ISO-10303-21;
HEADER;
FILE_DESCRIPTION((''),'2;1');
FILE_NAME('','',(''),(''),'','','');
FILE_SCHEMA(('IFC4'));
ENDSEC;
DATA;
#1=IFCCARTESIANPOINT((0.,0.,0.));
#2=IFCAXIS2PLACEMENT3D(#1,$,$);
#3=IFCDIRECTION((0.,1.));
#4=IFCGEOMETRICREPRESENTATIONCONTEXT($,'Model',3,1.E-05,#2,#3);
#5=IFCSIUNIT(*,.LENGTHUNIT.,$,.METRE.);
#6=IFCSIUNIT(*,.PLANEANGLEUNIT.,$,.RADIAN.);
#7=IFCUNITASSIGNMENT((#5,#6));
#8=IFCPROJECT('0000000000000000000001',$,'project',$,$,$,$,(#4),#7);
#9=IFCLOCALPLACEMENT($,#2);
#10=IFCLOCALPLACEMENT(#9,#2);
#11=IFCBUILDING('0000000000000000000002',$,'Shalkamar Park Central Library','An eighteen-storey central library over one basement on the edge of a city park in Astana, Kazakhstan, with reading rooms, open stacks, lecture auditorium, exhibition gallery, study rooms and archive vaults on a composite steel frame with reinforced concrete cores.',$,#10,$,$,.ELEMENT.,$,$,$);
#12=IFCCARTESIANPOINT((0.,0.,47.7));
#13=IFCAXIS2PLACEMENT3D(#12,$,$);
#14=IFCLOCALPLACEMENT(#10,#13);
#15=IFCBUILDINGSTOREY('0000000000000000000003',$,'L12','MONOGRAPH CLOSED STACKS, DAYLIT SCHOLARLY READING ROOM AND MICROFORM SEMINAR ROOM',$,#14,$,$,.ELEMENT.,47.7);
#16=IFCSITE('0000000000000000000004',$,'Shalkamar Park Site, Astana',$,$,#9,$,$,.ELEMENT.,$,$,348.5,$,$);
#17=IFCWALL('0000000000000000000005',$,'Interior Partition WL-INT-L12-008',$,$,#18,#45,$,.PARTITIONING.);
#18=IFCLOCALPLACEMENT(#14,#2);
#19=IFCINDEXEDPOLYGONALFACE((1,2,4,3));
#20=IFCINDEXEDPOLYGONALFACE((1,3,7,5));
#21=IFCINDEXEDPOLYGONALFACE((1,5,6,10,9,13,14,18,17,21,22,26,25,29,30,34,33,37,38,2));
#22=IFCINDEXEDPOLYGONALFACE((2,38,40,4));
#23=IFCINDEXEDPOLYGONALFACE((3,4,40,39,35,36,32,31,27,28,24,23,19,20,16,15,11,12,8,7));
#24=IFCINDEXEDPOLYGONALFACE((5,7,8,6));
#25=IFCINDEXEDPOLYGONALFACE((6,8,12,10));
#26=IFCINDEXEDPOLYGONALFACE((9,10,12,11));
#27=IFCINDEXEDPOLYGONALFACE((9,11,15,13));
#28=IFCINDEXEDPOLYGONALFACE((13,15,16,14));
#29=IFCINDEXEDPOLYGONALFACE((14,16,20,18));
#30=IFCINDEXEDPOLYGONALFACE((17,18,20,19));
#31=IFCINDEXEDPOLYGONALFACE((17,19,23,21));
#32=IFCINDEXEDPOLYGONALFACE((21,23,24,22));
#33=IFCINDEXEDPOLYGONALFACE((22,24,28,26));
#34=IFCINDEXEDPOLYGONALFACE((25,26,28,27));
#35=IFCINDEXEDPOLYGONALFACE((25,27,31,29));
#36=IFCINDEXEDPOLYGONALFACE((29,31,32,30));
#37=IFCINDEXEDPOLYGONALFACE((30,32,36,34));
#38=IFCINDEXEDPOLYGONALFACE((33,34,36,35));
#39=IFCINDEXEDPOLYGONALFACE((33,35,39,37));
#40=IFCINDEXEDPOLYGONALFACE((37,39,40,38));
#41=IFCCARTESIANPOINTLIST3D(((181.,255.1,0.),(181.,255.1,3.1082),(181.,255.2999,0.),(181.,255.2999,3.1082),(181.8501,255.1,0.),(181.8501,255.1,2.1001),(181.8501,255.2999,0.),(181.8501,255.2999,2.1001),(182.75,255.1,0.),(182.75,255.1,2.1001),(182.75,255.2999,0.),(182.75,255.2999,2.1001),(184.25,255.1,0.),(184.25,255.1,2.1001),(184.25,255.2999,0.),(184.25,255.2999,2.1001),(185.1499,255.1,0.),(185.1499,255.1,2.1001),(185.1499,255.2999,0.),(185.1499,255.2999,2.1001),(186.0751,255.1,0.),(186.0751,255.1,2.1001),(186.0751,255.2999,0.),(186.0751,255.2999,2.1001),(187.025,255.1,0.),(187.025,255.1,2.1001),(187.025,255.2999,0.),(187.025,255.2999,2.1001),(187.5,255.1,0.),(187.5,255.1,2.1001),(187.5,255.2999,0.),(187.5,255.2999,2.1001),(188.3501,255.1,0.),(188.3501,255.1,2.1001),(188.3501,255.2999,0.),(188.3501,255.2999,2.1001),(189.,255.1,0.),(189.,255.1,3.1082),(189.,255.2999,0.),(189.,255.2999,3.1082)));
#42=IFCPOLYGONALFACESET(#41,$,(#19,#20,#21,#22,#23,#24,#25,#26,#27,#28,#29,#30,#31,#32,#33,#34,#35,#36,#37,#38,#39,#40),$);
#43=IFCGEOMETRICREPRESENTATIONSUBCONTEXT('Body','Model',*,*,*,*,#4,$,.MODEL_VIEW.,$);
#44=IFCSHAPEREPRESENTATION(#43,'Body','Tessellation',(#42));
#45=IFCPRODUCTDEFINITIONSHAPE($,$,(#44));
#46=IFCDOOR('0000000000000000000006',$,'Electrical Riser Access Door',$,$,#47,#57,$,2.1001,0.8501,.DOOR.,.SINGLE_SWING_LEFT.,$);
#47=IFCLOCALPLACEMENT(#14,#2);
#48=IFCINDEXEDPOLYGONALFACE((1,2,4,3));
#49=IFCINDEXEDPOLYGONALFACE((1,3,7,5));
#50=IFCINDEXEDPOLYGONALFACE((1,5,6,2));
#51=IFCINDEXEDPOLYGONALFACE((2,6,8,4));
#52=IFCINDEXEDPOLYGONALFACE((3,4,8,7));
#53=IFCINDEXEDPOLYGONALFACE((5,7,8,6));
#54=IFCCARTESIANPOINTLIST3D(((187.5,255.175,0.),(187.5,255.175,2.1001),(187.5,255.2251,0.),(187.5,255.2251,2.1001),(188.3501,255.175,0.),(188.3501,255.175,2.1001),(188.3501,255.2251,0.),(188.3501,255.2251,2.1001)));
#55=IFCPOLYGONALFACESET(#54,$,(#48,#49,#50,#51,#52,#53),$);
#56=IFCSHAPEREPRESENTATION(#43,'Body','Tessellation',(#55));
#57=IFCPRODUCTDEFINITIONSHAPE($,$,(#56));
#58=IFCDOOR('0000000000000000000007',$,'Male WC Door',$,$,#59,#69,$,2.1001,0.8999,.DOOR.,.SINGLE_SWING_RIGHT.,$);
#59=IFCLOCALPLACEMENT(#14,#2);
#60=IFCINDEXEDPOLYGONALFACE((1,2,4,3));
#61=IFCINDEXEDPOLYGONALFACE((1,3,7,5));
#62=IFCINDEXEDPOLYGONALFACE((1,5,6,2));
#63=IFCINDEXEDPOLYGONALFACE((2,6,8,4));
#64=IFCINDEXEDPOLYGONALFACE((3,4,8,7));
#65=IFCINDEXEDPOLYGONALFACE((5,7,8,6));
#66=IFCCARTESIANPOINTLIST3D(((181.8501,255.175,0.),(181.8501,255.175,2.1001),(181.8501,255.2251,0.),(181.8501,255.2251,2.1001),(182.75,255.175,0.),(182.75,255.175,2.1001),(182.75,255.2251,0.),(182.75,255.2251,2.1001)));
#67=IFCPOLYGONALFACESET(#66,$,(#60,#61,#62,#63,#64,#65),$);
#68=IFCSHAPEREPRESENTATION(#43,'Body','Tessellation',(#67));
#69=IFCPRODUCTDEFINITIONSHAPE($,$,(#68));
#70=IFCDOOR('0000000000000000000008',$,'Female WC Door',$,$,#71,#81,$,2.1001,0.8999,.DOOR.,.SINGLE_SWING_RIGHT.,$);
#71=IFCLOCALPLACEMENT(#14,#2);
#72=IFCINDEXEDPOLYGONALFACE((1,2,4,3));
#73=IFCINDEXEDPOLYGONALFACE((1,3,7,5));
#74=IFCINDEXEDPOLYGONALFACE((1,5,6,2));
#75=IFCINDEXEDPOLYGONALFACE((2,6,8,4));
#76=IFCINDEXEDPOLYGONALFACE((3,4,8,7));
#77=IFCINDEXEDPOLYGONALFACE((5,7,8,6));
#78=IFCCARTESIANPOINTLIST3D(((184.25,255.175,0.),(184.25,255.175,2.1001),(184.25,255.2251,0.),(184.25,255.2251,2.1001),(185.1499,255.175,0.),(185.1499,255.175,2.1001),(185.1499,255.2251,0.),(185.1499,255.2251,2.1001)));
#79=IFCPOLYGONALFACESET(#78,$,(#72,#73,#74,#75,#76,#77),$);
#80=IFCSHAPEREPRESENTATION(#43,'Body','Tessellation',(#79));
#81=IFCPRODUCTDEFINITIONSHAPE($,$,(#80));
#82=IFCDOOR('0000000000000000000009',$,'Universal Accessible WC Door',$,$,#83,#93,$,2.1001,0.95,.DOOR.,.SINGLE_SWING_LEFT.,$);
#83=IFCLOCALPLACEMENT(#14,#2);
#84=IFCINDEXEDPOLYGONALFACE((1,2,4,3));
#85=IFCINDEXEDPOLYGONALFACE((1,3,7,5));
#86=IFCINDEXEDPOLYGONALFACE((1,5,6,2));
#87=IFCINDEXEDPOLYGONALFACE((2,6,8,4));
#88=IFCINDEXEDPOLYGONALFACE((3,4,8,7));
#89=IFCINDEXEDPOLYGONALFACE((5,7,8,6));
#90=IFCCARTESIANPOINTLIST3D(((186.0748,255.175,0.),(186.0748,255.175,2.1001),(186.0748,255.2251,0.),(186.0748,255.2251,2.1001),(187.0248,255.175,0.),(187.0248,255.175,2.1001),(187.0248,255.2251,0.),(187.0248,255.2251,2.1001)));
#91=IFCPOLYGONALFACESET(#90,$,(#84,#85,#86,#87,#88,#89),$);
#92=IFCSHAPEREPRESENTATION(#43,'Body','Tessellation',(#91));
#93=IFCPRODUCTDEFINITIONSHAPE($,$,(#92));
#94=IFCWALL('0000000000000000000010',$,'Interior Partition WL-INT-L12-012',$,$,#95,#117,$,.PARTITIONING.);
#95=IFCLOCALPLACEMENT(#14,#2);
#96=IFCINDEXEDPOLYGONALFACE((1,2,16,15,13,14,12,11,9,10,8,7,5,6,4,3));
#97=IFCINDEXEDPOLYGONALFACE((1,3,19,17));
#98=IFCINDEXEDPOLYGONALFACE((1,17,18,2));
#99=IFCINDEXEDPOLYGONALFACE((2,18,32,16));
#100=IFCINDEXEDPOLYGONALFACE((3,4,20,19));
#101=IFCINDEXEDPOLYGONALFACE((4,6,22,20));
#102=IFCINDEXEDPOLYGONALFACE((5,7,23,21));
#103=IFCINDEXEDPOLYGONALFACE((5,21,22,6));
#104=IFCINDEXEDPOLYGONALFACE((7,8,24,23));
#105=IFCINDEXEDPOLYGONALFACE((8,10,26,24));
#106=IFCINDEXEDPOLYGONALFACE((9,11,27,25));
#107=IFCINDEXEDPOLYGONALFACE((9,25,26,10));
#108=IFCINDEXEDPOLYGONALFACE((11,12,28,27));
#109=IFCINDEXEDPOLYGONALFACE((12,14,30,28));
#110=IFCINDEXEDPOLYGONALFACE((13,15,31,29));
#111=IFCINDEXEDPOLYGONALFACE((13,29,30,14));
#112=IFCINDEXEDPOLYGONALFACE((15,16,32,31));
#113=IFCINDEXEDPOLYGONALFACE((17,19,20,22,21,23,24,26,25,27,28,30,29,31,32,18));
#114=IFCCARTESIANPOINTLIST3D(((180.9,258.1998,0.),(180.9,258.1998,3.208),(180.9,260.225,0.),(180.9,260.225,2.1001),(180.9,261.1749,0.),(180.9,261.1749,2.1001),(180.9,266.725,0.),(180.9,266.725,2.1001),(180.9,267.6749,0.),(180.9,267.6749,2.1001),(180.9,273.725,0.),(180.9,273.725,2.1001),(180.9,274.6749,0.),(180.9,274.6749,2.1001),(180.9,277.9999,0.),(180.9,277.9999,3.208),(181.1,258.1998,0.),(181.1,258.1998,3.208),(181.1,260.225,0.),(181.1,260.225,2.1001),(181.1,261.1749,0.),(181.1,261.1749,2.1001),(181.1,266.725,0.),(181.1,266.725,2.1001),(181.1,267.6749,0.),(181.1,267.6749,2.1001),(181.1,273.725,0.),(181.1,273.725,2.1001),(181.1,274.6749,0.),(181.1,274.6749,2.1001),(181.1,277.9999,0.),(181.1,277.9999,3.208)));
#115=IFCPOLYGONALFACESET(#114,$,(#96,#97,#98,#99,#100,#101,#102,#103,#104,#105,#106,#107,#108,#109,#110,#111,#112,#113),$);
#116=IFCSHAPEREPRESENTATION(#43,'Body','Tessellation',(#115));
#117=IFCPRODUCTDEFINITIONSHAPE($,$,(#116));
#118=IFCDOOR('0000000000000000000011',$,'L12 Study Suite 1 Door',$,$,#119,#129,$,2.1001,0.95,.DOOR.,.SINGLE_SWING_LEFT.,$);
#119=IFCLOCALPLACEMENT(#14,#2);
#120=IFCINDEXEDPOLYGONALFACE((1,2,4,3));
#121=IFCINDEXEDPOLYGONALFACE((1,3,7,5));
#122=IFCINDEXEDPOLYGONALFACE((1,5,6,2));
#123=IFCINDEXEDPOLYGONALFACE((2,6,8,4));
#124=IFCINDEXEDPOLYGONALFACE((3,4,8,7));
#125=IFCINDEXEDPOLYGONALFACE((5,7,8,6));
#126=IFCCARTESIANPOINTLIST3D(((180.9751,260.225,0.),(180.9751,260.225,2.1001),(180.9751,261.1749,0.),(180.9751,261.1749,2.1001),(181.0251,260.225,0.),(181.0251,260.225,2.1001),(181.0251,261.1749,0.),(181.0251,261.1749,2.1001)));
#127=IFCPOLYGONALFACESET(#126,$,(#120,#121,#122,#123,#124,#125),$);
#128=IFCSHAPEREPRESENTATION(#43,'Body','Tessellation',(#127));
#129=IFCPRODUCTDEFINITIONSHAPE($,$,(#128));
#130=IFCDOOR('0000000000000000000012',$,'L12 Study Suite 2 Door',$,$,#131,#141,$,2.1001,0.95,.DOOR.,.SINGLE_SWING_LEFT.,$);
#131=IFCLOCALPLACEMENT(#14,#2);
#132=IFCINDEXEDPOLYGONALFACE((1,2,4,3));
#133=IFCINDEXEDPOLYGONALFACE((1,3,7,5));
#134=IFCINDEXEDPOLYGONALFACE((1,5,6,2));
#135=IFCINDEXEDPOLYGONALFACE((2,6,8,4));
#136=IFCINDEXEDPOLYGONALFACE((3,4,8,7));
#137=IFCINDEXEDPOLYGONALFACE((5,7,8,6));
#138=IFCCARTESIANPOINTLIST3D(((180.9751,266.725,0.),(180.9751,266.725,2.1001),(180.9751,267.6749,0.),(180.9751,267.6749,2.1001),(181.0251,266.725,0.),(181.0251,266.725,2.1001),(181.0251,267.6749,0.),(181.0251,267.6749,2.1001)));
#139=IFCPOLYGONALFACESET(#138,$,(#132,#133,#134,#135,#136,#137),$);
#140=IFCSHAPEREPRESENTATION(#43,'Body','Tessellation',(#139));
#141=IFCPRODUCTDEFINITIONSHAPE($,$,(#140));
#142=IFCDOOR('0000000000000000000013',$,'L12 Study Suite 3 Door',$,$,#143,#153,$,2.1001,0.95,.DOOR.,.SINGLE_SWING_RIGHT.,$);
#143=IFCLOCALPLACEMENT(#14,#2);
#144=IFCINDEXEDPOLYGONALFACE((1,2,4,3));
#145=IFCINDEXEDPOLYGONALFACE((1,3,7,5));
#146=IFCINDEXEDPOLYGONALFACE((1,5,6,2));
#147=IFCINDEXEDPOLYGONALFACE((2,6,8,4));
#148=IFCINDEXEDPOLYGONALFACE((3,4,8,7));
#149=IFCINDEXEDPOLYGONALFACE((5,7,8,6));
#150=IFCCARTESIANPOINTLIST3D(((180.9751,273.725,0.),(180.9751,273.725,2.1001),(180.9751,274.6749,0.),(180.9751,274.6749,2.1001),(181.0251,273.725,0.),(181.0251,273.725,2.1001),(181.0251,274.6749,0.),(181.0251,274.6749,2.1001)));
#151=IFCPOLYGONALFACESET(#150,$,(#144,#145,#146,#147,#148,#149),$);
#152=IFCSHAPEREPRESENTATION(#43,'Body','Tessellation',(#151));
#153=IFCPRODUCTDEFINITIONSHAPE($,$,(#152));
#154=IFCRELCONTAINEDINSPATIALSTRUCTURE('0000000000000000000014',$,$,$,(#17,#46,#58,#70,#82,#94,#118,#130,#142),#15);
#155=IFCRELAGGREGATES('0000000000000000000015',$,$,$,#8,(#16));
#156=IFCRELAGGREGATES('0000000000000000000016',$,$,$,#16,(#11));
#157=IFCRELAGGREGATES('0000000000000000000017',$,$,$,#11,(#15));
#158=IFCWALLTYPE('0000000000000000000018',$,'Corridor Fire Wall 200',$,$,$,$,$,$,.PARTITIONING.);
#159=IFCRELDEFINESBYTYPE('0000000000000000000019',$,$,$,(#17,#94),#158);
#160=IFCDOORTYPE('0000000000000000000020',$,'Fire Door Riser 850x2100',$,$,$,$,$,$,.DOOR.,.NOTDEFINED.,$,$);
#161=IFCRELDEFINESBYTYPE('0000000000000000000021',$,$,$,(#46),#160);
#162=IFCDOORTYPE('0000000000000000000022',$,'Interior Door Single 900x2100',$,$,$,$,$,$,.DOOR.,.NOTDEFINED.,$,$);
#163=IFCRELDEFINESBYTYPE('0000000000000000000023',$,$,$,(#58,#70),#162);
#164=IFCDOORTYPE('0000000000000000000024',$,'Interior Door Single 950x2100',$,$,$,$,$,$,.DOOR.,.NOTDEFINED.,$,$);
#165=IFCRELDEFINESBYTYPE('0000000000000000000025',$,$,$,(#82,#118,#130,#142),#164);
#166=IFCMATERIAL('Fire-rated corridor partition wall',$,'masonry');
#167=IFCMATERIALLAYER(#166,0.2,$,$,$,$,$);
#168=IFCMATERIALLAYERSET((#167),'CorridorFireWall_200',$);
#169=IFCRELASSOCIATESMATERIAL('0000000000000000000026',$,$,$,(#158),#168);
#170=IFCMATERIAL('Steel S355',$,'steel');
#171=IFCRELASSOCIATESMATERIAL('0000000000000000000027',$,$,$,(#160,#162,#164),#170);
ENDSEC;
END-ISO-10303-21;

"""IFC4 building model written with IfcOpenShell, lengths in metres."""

from ifc_helpers import new_model, si_unit, direction, frame, frame_2d, origin, place, context, subcontext, project, spatial, rectangle, extrude, material, layer, layer_set, type_object, element, fill, save


model = new_model("IFC4")

# Units and contexts
model_context = context("Model", 3, precision=1e-05, world=origin(), true_north=direction((0.0, 1.0)))
body_context = subcontext(model_context, "Body", "Model", "MODEL_VIEW")
ifc_project = project(units=[si_unit("LENGTHUNIT", "METRE"), si_unit("PLANEANGLEUNIT", "RADIAN")], contexts=[model_context])

# Site, building, storey
site_placement = place(None, origin())
site = spatial("IfcSite", under=ifc_project, at=site_placement, Name="Shalkamar Park Site, Astana", CompositionType="ELEMENT", RefElevation=348.5)
building_placement = place(site_placement, origin())
building = spatial("IfcBuilding", under=site, at=building_placement, Name="Shalkamar Park Central Library", Description="An eighteen-storey central library over one basement on the edge of a city park in Astana, Kazakhstan, with reading rooms, open stacks, lecture auditorium, exhibition gallery, study rooms and archive vaults on a composite steel frame with reinforced concrete cores.", CompositionType="ELEMENT")
storey_placement = place(building_placement, frame((0.0, 0.0, 47.7)))
storey = spatial("IfcBuildingStorey", under=building, at=storey_placement, Name="L12", Description="MONOGRAPH CLOSED STACKS, DAYLIT SCHOLARLY READING ROOM AND MICROFORM SEMINAR ROOM", CompositionType="ELEMENT", Elevation=47.7)

# Shared definitions
ifc_material_1 = material(Name="Steel S355", Category="steel")

# Walls, openings, doors
ifc_material_2 = material(Name="Fire-rated corridor partition wall", Category="masonry")
ifc_layer = layer(ifc_material_2, 0.2)
ifc_layer_set = layer_set([ifc_layer], Name="CorridorFireWall_200")
wall_type = type_object("IfcWallType", Name="Corridor Fire Wall 200", PredefinedType="PARTITIONING", material=ifc_layer_set)
wall_1_placement = place(storey_placement, frame((181.0, 255.2, 0.0), z_axis=(0.0, 0.0, 1.0), x_axis=(1.0, 0.0, 0.0)))
wall_1 = element("IfcWall", 1, at=wall_1_placement, inside=storey, type_object=wall_type, Name="Interior Partition WL-INT-L12-008", PredefinedType="PARTITIONING", context=body_context, shape_type="SweptSolid", body=[
    extrude(rectangle(XDim=8.0, YDim=0.2, at=frame_2d((4.0, 0.0))), origin(), (0.0, 0.0, 1.0), 3.1082),
])
opening_1_placement = place(wall_1_placement, frame((0.8501, 0.0, 0.0)))
opening_1 = element("IfcOpeningElement", 2, at=opening_1_placement, cuts=wall_1, PredefinedType="OPENING", context=body_context, shape_type="SweptSolid", body=[
    extrude(rectangle(XDim=0.8999, YDim=2.1001, at=frame_2d((0.45, 1.05))), frame((0.0, 0.1147, 0.0), z_axis=(0.0, -1.0, 0.0), x_axis=(1.0, 0.0, 0.0)), (0.0, 0.0, 1.0), 0.2297),
])
opening_2_placement = place(wall_1_placement, frame((3.25, 0.0, 0.0)))
opening_2 = element("IfcOpeningElement", 3, at=opening_2_placement, cuts=wall_1, PredefinedType="OPENING", context=body_context, shape_type="SweptSolid", body=[
    extrude(rectangle(XDim=0.8999, YDim=2.1001, at=frame_2d((0.45, 1.05))), frame((0.0, 0.1147, 0.0), z_axis=(0.0, -1.0, 0.0), x_axis=(1.0, 0.0, 0.0)), (0.0, 0.0, 1.0), 0.2297),
])
opening_3_placement = place(wall_1_placement, frame((5.075, 0.0, 0.0)))
opening_3 = element("IfcOpeningElement", 4, at=opening_3_placement, cuts=wall_1, PredefinedType="OPENING", context=body_context, shape_type="SweptSolid", body=[
    extrude(rectangle(XDim=0.95, YDim=2.1001, at=frame_2d((0.4751, 1.05))), frame((0.0, 0.1147, 0.0), z_axis=(0.0, -1.0, 0.0), x_axis=(1.0, 0.0, 0.0)), (0.0, 0.0, 1.0), 0.2297),
])
opening_4_placement = place(wall_1_placement, frame((6.5, 0.0, 0.0)))
opening_4 = element("IfcOpeningElement", 5, at=opening_4_placement, cuts=wall_1, PredefinedType="OPENING", context=body_context, shape_type="SweptSolid", body=[
    extrude(rectangle(XDim=0.8501, YDim=2.1001, at=frame_2d((0.425, 1.05))), frame((0.0, 0.1147, 0.0), z_axis=(0.0, -1.0, 0.0), x_axis=(1.0, 0.0, 0.0)), (0.0, 0.0, 1.0), 0.2297),
])
door_type_1 = type_object("IfcDoorType", Name="Fire Door Riser 850x2100", OperationType="NOTDEFINED", PredefinedType="DOOR", material=ifc_material_1)
door_1_placement = place(opening_4_placement, frame((0.8501, 0.0, 0.0), z_axis=(0.0, 0.0, 1.0), x_axis=(-1.0, 0.0, 0.0)))
door_1 = element("IfcDoor", 6, at=door_1_placement, inside=storey, type_object=door_type_1, Name="Electrical Riser Access Door", OperationType="SINGLE_SWING_LEFT", OverallHeight=2.1001, OverallWidth=0.8501, PredefinedType="DOOR", context=body_context, shape_type="SweptSolid", body=[
    extrude(rectangle(XDim=0.8501, YDim=2.1001, at=frame_2d((0.425, 1.05))), frame((0.0, 0.0249, 0.0), z_axis=(0.0, -1.0, 0.0), x_axis=(1.0, 0.0, 0.0)), (0.0, 0.0, 1.0), 0.05),
])
fill(opening_4, door_1)
door_type_2 = type_object("IfcDoorType", Name="Interior Door Single 900x2100", OperationType="NOTDEFINED", PredefinedType="DOOR", material=ifc_material_1)
door_2_placement = place(opening_1_placement, frame((0.8999, 0.0, 0.0), z_axis=(0.0, 0.0, 1.0), x_axis=(-1.0, 0.0, 0.0)))
door_2 = element("IfcDoor", 7, at=door_2_placement, inside=storey, type_object=door_type_2, Name="Male WC Door", OperationType="SINGLE_SWING_RIGHT", OverallHeight=2.1001, OverallWidth=0.8999, PredefinedType="DOOR", context=body_context, shape_type="SweptSolid", body=[
    extrude(rectangle(XDim=0.8999, YDim=2.1001, at=frame_2d((0.45, 1.05))), frame((0.0, 0.0249, 0.0), z_axis=(0.0, -1.0, 0.0), x_axis=(1.0, 0.0, 0.0)), (0.0, 0.0, 1.0), 0.05),
])
fill(opening_1, door_2)
door_3_placement = place(opening_2_placement, frame((0.8999, 0.0, 0.0), z_axis=(0.0, 0.0, 1.0), x_axis=(-1.0, 0.0, 0.0)))
door_3 = element("IfcDoor", 8, at=door_3_placement, inside=storey, type_object=door_type_2, Name="Female WC Door", OperationType="SINGLE_SWING_RIGHT", OverallHeight=2.1001, OverallWidth=0.8999, PredefinedType="DOOR", context=body_context, shape_type="SweptSolid", body=[
    extrude(rectangle(XDim=0.8999, YDim=2.1001, at=frame_2d((0.45, 1.05))), frame((0.0, 0.0249, 0.0), z_axis=(0.0, -1.0, 0.0), x_axis=(1.0, 0.0, 0.0)), (0.0, 0.0, 1.0), 0.05),
])
fill(opening_2, door_3)
door_type_3 = type_object("IfcDoorType", Name="Interior Door Single 950x2100", OperationType="NOTDEFINED", PredefinedType="DOOR", material=ifc_material_1)
door_4_placement = place(opening_3_placement, frame((0.95, 0.0, 0.0), z_axis=(0.0, 0.0, 1.0), x_axis=(-1.0, 0.0, 0.0)))
door_4 = element("IfcDoor", 9, at=door_4_placement, inside=storey, type_object=door_type_3, Name="Universal Accessible WC Door", OperationType="SINGLE_SWING_LEFT", OverallHeight=2.1001, OverallWidth=0.95, PredefinedType="DOOR", context=body_context, shape_type="SweptSolid", body=[
    extrude(rectangle(XDim=0.95, YDim=2.1001, at=frame_2d((0.4751, 1.05))), frame((0.0, 0.0249, 0.0), z_axis=(0.0, -1.0, 0.0), x_axis=(1.0, 0.0, 0.0)), (0.0, 0.0, 1.0), 0.05),
])
fill(opening_3, door_4)
wall_2_placement = place(storey_placement, frame((181.0, 258.2, 0.0), z_axis=(0.0, 0.0, 1.0), x_axis=(0.0, 1.0, 0.0)))
wall_2 = element("IfcWall", 10, at=wall_2_placement, inside=storey, type_object=wall_type, Name="Interior Partition WL-INT-L12-012", PredefinedType="PARTITIONING", context=body_context, shape_type="SweptSolid", body=[
    extrude(rectangle(XDim=19.8, YDim=0.2, at=frame_2d((9.8999, 0.0))), origin(), (0.0, 0.0, 1.0), 3.208),
])
opening_5_placement = place(wall_2_placement, frame((2.0249, 0.0, 0.0)))
opening_5 = element("IfcOpeningElement", 11, at=opening_5_placement, cuts=wall_2, PredefinedType="OPENING", context=body_context, shape_type="SweptSolid", body=[
    extrude(rectangle(XDim=0.95, YDim=2.1001, at=frame_2d((0.4751, 1.05))), frame((0.0, 0.1147, 0.0), z_axis=(0.0, -1.0, 0.0), x_axis=(1.0, 0.0, 0.0)), (0.0, 0.0, 1.0), 0.2297),
])
opening_6_placement = place(wall_2_placement, frame((8.5249, 0.0, 0.0)))
opening_6 = element("IfcOpeningElement", 12, at=opening_6_placement, cuts=wall_2, PredefinedType="OPENING", context=body_context, shape_type="SweptSolid", body=[
    extrude(rectangle(XDim=0.95, YDim=2.1001, at=frame_2d((0.4751, 1.05))), frame((0.0, 0.1147, 0.0), z_axis=(0.0, -1.0, 0.0), x_axis=(1.0, 0.0, 0.0)), (0.0, 0.0, 1.0), 0.2297),
])
opening_7_placement = place(wall_2_placement, frame((15.5249, 0.0, 0.0)))
opening_7 = element("IfcOpeningElement", 13, at=opening_7_placement, cuts=wall_2, PredefinedType="OPENING", context=body_context, shape_type="SweptSolid", body=[
    extrude(rectangle(XDim=0.95, YDim=2.1001, at=frame_2d((0.4751, 1.05))), frame((0.0, 0.1147, 0.0), z_axis=(0.0, -1.0, 0.0), x_axis=(1.0, 0.0, 0.0)), (0.0, 0.0, 1.0), 0.2297),
])
door_5_placement = place(opening_5_placement, origin())
door_5 = element("IfcDoor", 14, at=door_5_placement, inside=storey, type_object=door_type_3, Name="L12 Study Suite 1 Door", OperationType="SINGLE_SWING_LEFT", OverallHeight=2.1001, OverallWidth=0.95, PredefinedType="DOOR", context=body_context, shape_type="SweptSolid", body=[
    extrude(rectangle(XDim=0.95, YDim=2.1001, at=frame_2d((0.4751, 1.05))), frame((0.0, 0.0249, 0.0), z_axis=(0.0, -1.0, 0.0), x_axis=(1.0, 0.0, 0.0)), (0.0, 0.0, 1.0), 0.05),
])
fill(opening_5, door_5)
door_6_placement = place(opening_6_placement, origin())
door_6 = element("IfcDoor", 15, at=door_6_placement, inside=storey, type_object=door_type_3, Name="L12 Study Suite 2 Door", OperationType="SINGLE_SWING_LEFT", OverallHeight=2.1001, OverallWidth=0.95, PredefinedType="DOOR", context=body_context, shape_type="SweptSolid", body=[
    extrude(rectangle(XDim=0.95, YDim=2.1001, at=frame_2d((0.4751, 1.05))), frame((0.0, 0.0249, 0.0), z_axis=(0.0, -1.0, 0.0), x_axis=(1.0, 0.0, 0.0)), (0.0, 0.0, 1.0), 0.05),
])
fill(opening_6, door_6)
door_7_placement = place(opening_7_placement, origin())
door_7 = element("IfcDoor", 16, at=door_7_placement, inside=storey, type_object=door_type_3, Name="L12 Study Suite 3 Door", OperationType="SINGLE_SWING_RIGHT", OverallHeight=2.1001, OverallWidth=0.95, PredefinedType="DOOR", context=body_context, shape_type="SweptSolid", body=[
    extrude(rectangle(XDim=0.95, YDim=2.1001, at=frame_2d((0.4751, 1.05))), frame((0.0, 0.0249, 0.0), z_axis=(0.0, -1.0, 0.0), x_axis=(1.0, 0.0, 0.0)), (0.0, 0.0, 1.0), 0.05),
])
fill(opening_7, door_7)

save(model, "model.ifc")
